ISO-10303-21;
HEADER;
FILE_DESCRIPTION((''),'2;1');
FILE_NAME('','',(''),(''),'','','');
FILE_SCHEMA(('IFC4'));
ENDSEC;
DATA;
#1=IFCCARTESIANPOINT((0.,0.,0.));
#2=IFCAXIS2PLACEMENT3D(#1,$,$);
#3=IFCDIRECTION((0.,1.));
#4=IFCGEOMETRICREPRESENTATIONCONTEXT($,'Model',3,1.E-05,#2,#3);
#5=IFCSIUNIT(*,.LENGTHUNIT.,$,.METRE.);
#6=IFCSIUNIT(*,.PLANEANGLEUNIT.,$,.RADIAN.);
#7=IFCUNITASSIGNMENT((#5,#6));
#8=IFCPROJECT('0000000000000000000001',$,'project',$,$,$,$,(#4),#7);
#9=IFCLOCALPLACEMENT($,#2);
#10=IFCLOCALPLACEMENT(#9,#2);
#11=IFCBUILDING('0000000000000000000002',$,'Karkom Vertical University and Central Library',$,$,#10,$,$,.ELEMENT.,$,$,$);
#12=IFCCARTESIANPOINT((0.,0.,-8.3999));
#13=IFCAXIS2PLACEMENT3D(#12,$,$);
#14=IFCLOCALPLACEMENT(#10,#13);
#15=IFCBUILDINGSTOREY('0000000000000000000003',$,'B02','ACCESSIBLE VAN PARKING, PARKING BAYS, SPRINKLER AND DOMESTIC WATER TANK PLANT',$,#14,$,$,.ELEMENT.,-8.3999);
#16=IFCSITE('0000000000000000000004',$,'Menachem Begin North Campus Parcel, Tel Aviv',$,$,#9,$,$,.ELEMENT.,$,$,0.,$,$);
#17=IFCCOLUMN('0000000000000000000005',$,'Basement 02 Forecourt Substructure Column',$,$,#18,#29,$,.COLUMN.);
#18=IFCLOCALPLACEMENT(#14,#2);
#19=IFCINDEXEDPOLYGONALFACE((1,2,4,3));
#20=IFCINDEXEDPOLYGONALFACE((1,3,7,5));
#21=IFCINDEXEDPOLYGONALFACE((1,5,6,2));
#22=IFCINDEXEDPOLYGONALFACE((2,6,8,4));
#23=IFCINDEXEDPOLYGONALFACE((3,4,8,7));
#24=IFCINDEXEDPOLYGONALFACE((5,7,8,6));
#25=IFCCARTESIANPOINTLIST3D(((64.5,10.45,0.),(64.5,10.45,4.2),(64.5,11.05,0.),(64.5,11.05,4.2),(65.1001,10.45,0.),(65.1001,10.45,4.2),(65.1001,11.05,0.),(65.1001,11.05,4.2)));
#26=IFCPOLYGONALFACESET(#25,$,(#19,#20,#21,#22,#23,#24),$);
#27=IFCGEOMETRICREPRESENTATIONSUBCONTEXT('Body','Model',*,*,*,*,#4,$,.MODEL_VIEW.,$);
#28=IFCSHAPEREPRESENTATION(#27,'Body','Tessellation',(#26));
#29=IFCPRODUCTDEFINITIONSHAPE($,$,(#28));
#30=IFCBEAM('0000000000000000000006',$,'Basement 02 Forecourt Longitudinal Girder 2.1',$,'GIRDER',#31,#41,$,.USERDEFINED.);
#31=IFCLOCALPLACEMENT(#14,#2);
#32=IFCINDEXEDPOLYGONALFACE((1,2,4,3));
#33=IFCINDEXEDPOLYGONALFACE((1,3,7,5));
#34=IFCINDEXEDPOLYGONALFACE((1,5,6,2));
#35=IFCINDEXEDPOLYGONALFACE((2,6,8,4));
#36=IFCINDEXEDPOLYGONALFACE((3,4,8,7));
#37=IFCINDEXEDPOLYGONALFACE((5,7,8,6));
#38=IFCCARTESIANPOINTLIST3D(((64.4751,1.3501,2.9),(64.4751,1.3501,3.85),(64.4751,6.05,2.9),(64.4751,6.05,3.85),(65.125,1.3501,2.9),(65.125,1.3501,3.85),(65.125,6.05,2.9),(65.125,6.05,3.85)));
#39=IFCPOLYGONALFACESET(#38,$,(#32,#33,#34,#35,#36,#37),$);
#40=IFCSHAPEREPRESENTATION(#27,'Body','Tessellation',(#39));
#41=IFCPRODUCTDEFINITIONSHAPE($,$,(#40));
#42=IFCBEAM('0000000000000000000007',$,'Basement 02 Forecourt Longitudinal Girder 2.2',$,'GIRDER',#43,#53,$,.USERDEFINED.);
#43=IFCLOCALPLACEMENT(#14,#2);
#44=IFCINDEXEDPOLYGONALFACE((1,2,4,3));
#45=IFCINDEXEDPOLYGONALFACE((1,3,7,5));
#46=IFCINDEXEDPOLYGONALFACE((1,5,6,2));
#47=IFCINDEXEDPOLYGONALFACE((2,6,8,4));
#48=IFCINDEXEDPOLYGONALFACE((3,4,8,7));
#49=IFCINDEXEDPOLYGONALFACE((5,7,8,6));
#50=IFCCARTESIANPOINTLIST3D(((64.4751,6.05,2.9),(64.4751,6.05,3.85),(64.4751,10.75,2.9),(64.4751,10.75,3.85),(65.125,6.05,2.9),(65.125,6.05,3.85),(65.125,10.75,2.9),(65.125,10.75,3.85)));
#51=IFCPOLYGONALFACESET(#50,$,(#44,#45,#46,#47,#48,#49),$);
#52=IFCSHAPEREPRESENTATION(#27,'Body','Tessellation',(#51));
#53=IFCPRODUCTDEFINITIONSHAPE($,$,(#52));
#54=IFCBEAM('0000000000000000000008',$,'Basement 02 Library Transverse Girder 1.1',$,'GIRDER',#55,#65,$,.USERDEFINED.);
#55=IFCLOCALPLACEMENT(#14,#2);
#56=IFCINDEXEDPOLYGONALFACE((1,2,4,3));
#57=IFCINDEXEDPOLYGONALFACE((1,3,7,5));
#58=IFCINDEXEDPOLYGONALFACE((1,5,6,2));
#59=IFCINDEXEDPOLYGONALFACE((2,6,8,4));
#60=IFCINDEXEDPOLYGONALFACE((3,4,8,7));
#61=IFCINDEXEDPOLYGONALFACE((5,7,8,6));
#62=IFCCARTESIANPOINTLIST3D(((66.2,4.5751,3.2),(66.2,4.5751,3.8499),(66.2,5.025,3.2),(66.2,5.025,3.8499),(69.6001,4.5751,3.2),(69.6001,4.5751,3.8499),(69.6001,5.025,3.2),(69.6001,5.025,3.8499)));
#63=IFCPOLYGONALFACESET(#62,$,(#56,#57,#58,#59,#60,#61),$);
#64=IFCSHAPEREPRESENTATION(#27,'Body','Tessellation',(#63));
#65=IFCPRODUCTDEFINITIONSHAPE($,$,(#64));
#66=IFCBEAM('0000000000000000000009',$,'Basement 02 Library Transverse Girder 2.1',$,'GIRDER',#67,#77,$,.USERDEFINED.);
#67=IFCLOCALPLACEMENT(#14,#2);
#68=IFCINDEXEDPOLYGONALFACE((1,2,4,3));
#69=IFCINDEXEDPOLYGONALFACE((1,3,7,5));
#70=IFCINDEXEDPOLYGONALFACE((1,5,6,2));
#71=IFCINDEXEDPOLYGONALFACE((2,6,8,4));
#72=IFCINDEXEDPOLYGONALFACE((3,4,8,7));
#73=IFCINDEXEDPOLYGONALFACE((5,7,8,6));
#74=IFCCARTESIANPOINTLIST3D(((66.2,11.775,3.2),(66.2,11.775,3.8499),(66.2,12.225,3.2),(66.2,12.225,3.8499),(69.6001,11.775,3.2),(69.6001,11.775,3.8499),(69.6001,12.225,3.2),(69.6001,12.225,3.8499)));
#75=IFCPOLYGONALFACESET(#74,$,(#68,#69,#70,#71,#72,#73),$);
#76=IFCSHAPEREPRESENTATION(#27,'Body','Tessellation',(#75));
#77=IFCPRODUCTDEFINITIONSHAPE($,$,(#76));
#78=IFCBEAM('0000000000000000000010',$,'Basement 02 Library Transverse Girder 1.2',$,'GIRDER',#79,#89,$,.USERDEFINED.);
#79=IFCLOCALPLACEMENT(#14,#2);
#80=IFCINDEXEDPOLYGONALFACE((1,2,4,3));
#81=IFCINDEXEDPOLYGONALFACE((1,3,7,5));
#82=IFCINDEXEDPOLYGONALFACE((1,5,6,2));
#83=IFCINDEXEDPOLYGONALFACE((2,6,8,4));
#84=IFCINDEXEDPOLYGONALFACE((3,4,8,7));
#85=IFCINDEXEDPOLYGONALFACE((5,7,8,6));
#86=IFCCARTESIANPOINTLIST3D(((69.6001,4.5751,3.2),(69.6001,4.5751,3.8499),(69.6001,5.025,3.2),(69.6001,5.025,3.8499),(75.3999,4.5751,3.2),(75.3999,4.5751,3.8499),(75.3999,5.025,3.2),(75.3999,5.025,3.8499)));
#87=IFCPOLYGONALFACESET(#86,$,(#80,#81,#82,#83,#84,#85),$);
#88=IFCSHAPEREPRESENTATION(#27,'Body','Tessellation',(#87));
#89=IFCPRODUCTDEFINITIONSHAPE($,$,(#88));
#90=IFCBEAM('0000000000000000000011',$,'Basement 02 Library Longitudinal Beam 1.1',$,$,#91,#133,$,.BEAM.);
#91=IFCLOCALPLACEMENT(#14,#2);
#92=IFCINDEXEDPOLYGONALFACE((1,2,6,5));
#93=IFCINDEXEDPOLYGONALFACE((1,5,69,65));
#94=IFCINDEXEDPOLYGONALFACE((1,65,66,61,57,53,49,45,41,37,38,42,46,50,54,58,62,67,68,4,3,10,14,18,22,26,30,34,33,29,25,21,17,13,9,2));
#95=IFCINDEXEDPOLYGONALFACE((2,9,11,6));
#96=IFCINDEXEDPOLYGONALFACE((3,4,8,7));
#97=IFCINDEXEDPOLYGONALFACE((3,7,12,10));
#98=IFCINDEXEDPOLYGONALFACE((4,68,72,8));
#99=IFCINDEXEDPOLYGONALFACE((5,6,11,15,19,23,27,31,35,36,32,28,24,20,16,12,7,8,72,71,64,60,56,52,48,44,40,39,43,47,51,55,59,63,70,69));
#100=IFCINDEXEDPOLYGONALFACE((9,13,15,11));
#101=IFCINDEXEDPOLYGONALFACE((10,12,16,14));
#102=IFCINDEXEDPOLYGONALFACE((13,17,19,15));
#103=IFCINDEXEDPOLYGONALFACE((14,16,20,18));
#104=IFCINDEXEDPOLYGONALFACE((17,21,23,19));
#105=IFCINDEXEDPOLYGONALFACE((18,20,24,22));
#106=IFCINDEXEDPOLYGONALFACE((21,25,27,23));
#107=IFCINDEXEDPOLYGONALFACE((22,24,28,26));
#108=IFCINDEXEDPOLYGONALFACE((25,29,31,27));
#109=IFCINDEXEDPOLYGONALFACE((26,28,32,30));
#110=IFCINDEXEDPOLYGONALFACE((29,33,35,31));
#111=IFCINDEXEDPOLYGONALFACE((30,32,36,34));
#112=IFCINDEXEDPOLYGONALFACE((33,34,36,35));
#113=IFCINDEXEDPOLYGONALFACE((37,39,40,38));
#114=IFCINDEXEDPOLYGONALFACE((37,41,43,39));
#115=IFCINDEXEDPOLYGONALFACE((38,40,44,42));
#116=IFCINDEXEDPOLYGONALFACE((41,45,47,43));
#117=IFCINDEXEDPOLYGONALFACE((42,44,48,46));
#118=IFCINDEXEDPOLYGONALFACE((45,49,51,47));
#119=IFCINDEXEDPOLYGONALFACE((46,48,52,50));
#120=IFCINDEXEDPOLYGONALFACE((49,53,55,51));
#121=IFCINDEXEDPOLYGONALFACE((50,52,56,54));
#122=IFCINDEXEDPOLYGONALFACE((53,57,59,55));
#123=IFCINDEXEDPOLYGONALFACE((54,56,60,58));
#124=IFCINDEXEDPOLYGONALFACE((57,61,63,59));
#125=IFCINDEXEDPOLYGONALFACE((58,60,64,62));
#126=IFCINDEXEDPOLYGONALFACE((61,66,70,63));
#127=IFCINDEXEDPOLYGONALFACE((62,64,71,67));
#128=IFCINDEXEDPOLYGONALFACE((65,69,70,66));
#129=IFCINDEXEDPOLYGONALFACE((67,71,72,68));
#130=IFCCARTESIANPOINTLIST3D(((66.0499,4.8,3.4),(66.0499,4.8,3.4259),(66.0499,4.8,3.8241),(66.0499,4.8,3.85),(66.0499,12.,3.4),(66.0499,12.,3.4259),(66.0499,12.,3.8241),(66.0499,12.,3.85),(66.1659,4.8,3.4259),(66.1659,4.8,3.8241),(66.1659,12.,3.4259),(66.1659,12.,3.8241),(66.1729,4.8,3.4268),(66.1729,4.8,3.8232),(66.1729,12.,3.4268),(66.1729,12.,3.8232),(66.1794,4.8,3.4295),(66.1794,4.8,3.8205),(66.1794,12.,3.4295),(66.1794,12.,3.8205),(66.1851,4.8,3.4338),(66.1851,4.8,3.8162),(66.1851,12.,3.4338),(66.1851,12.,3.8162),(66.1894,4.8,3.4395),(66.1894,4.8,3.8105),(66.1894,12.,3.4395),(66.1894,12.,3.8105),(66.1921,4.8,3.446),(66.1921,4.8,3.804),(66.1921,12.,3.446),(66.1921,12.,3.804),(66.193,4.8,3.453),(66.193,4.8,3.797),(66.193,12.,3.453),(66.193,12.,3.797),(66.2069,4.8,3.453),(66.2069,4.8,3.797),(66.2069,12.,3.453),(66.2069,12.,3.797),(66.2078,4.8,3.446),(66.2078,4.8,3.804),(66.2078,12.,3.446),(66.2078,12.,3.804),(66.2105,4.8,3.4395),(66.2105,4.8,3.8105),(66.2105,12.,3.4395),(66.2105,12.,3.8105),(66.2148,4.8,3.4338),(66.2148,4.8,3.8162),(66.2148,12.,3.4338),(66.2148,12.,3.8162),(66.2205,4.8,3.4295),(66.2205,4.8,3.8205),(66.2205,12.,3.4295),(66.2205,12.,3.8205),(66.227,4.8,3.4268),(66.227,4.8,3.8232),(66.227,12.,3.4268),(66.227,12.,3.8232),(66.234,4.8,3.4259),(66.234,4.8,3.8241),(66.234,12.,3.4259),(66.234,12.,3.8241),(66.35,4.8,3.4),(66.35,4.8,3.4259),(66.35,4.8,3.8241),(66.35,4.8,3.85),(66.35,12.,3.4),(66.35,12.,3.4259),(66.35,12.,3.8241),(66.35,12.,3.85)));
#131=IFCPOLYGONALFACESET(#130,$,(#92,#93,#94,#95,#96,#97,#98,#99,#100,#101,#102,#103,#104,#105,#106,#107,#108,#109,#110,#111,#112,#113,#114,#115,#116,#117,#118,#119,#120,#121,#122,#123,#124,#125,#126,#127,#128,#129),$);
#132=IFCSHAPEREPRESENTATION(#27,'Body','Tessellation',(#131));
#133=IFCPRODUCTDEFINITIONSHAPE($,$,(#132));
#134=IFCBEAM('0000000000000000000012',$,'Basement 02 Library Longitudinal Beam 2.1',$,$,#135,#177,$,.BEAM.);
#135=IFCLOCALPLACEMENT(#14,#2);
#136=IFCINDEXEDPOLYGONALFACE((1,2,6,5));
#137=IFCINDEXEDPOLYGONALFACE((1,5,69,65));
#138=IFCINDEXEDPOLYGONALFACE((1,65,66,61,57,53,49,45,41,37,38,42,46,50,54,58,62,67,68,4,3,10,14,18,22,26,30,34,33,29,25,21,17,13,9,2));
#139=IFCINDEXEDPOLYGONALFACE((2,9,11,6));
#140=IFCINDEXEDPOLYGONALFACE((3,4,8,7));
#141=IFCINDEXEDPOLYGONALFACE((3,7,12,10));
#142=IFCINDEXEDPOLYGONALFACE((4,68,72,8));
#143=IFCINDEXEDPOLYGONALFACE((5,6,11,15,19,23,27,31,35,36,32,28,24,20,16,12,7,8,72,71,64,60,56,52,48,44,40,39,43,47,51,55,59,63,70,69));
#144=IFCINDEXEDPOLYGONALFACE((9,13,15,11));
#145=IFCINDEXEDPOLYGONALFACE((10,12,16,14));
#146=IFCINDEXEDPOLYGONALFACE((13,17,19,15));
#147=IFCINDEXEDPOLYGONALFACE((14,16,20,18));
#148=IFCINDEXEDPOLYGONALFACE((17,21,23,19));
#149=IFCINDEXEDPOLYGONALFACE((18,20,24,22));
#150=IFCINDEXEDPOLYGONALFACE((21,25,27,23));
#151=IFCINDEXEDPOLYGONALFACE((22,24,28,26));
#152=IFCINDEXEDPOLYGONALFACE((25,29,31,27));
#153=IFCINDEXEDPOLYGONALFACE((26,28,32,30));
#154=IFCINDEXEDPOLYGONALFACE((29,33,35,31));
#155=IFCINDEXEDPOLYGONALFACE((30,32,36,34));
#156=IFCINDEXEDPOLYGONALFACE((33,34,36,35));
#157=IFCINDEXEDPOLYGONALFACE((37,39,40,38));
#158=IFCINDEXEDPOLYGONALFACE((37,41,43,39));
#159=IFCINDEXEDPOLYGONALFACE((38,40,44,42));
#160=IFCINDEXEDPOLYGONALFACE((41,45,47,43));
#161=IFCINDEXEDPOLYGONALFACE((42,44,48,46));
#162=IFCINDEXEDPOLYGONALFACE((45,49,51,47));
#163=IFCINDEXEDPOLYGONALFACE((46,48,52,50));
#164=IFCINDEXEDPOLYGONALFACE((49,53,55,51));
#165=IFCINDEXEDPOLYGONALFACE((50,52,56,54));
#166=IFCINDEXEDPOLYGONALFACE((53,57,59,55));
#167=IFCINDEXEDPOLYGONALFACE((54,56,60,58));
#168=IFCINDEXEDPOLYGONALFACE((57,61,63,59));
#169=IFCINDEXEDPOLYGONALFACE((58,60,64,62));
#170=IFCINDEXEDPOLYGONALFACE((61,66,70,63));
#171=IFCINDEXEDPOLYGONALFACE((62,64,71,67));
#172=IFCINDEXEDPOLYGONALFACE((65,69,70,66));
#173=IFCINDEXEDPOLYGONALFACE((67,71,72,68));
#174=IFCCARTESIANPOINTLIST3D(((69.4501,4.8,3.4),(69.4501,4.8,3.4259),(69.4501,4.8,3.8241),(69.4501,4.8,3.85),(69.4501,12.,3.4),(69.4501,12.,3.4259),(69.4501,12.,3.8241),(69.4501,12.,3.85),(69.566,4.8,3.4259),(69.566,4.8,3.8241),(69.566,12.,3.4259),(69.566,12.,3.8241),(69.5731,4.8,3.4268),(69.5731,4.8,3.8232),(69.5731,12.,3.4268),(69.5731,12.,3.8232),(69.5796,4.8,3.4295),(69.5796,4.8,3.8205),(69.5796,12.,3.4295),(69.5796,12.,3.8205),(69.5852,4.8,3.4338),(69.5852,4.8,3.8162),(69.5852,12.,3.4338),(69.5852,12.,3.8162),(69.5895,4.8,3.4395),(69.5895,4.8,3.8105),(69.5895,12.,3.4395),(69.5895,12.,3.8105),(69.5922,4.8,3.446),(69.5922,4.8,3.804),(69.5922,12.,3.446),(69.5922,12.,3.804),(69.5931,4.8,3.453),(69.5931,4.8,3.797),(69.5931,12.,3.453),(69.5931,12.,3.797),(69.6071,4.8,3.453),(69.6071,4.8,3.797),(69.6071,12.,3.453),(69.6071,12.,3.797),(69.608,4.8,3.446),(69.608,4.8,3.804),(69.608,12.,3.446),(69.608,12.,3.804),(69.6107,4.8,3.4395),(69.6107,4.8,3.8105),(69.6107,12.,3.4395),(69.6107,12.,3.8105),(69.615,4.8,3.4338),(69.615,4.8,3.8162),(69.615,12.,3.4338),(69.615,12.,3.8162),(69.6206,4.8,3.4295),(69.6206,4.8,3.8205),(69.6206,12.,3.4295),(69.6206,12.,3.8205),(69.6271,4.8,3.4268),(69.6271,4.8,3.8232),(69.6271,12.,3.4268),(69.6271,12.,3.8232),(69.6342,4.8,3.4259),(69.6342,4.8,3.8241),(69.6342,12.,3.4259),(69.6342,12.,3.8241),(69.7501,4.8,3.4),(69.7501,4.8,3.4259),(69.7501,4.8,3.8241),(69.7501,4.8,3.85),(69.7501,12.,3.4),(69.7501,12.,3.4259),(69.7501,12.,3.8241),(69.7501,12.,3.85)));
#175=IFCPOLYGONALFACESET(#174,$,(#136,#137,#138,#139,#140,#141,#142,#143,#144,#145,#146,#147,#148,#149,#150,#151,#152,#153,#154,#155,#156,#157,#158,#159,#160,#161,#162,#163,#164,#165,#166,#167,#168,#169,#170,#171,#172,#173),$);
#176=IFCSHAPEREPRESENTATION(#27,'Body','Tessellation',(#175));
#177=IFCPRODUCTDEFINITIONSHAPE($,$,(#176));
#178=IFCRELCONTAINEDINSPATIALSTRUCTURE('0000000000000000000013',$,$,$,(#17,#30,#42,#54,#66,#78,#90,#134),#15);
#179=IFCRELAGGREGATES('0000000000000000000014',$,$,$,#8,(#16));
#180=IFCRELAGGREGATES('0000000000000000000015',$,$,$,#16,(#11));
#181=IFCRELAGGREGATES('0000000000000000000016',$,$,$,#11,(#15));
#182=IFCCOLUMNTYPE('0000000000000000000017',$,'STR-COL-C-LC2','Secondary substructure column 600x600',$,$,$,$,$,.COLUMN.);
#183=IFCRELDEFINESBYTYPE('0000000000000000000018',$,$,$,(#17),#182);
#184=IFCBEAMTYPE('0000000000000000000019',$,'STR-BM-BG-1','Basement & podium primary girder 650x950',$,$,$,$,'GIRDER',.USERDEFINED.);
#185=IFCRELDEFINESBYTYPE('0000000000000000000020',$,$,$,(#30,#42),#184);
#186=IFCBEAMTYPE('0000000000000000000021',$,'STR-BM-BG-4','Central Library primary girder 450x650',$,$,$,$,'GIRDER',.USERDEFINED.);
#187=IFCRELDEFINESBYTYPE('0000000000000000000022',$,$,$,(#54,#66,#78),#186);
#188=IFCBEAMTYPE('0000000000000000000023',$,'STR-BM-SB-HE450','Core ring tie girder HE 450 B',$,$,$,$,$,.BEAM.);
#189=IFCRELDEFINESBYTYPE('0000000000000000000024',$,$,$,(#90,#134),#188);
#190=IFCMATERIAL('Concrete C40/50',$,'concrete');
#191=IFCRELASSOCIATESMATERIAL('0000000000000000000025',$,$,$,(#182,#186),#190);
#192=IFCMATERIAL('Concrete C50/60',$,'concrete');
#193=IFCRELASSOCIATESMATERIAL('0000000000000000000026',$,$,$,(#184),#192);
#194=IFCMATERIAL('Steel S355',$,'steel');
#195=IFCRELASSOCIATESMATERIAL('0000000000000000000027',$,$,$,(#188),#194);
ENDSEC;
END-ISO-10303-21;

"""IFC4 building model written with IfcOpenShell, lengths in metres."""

from ifc_helpers import new_model, si_unit, direction, frame, origin, origin_with_axes, origin_2d, place, context, subcontext, project, spatial, rectangle, i_section, extrude, source, transform, mapped, material, material_profile, profile_set, type_object, element, save


model = new_model("IFC4")

# Units and contexts
model_context = context("Model", 3, precision=1e-05, world=origin(), true_north=direction((0.0, 1.0)))
body_context = subcontext(model_context, "Body", "Model", "MODEL_VIEW")
ifc_project = project(units=[si_unit("LENGTHUNIT", "METRE"), si_unit("PLANEANGLEUNIT", "RADIAN")], contexts=[model_context])

# Site, building, storey
site_placement = place(None, origin())
site = spatial("IfcSite", under=ifc_project, at=site_placement, Name="Menachem Begin North Campus Parcel, Tel Aviv", CompositionType="ELEMENT", RefElevation=0.0)
building_placement = place(site_placement, origin())
building = spatial("IfcBuilding", under=site, at=building_placement, Name="Karkom Vertical University and Central Library", CompositionType="ELEMENT")
storey_placement = place(building_placement, frame((0.0, 0.0, -8.3999)))
storey = spatial("IfcBuildingStorey", under=building, at=storey_placement, Name="B02", Description="ACCESSIBLE VAN PARKING, PARKING BAYS, SPRINKLER AND DOMESTIC WATER TANK PLANT", CompositionType="ELEMENT", Elevation=-8.3999)

# Shared definitions
ifc_material_1 = material(Name="Concrete C40/50", Category="concrete")

# Column
ifc_material_profile_1 = material_profile(ifc_material_1, rectangle(XDim=0.6001, YDim=0.6001, at=origin_2d()), Name="RC-600x600")
ifc_profile_set_1 = profile_set([ifc_material_profile_1], Name="Concrete C40/50")
column_type_1 = type_object("IfcColumnType", Name="STR-COL-C-LC2", Description="Secondary substructure column 600x600", PredefinedType="COLUMN", material=ifc_profile_set_1)
shared_shape_1 = source(origin_with_axes(), body_context, "Body", "SweptSolid", [
    extrude(rectangle(XDim=0.6001, YDim=0.6001, at=origin_2d()), origin(), (0.0, 0.0, 1.0), 4.2),
])
for number, where, z_axis, x_axis, name in (
    (1, (64.8, 10.75, 0.0), (0.0, 0.0, 1.0), (1.0, 0.0, 0.0), "Basement 02 Forecourt Substructure Column"),
):
    element("IfcColumn", number, at=place(storey_placement, frame(where, z_axis=z_axis, x_axis=x_axis)), inside=storey, type_object=column_type_1, Name=name, PredefinedType="COLUMN", context=body_context, shape_type="MappedRepresentation", body=[
        mapped(shared_shape_1, transform((0.0, 0.0, 0.0), scale=1.0)),
    ])

# Beams
ifc_material_2 = material(Name="Concrete C50/60", Category="concrete")
ifc_material_profile_2 = material_profile(ifc_material_2, rectangle(XDim=0.6499, YDim=0.95, at=origin_2d()), Name="RCG-650x950")
ifc_profile_set_2 = profile_set([ifc_material_profile_2], Name="Concrete C50/60")
beam_type_1 = type_object("IfcBeamType", Name="STR-BM-BG-1", Description="Basement & podium primary girder 650x950", ElementType="GIRDER", PredefinedType="USERDEFINED", material=ifc_profile_set_2)
shared_shape_2 = source(origin_with_axes(), body_context, "Body", "SweptSolid", [
    extrude(rectangle(XDim=0.6499, YDim=0.95, at=origin_2d()), origin(), (0.0, 0.0, 1.0), 4.7),
])
for number, where, z_axis, x_axis, name in (
    (2, (64.8, 1.3501, 3.375), (0.0, 1.0, 0.0), (-1.0, 0.0, 0.0), "Basement 02 Forecourt Longitudinal Girder 2.1"),
    (3, (64.8, 6.05, 3.375), (0.0, 1.0, 0.0), (-1.0, 0.0, 0.0), "Basement 02 Forecourt Longitudinal Girder 2.2"),
):
    element("IfcBeam", number, at=place(storey_placement, frame(where, z_axis=z_axis, x_axis=x_axis)), inside=storey, type_object=beam_type_1, Name=name, ObjectType="GIRDER", PredefinedType="USERDEFINED", context=body_context, shape_type="MappedRepresentation", body=[
        mapped(shared_shape_2, transform((0.0, 0.0, 0.0), scale=1.0)),
    ])
ifc_material_profile_3 = material_profile(ifc_material_1, rectangle(XDim=0.45, YDim=0.6499, at=origin_2d()), Name="RCB-450x650")
ifc_profile_set_3 = profile_set([ifc_material_profile_3], Name="Concrete C40/50")
beam_type_2 = type_object("IfcBeamType", Name="STR-BM-BG-4", Description="Central Library primary girder 450x650", ElementType="GIRDER", PredefinedType="USERDEFINED", material=ifc_profile_set_3)
shared_shape_3 = source(origin_with_axes(), body_context, "Body", "SweptSolid", [
    extrude(rectangle(XDim=0.45, YDim=0.6499, at=origin_2d()), origin(), (0.0, 0.0, 1.0), 3.4001),
])
for number, where, z_axis, x_axis, name in (
    (4, (66.2, 4.8, 3.5249), (1.0, 0.0, 0.0), (0.0, 1.0, 0.0), "Basement 02 Library Transverse Girder 1.1"),
    (5, (66.2, 12.0, 3.5249), (1.0, 0.0, 0.0), (0.0, 1.0, 0.0), "Basement 02 Library Transverse Girder 2.1"),
):
    element("IfcBeam", number, at=place(storey_placement, frame(where, z_axis=z_axis, x_axis=x_axis)), inside=storey, type_object=beam_type_2, Name=name, ObjectType="GIRDER", PredefinedType="USERDEFINED", context=body_context, shape_type="MappedRepresentation", body=[
        mapped(shared_shape_3, transform((0.0, 0.0, 0.0), scale=1.0)),
    ])
shared_shape_4 = source(origin_with_axes(), body_context, "Body", "SweptSolid", [
    extrude(rectangle(XDim=0.45, YDim=0.6499, at=origin_2d()), origin(), (0.0, 0.0, 1.0), 5.7998),
])
beam_placement = place(storey_placement, frame((69.6001, 4.8, 3.5249), z_axis=(1.0, 0.0, 0.0), x_axis=(0.0, 1.0, 0.0)))
element("IfcBeam", 6, at=beam_placement, inside=storey, type_object=beam_type_2, Name="Basement 02 Library Transverse Girder 1.2", ObjectType="GIRDER", PredefinedType="USERDEFINED", context=body_context, shape_type="MappedRepresentation", body=[
    mapped(shared_shape_4, transform((0.0, 0.0, 0.0), scale=1.0)),
])
ifc_material_3 = material(Name="Steel S355", Category="steel")
ifc_material_profile_4 = material_profile(ifc_material_3, i_section(OverallWidth=0.3, OverallDepth=0.45, WebThickness=0.0139, FlangeThickness=0.0259, FilletRadius=0.0271, at=origin_2d()), Name="HE 450 B")
ifc_profile_set_4 = profile_set([ifc_material_profile_4], Name="Steel S355")
beam_type_3 = type_object("IfcBeamType", Name="STR-BM-SB-HE450", Description="Core ring tie girder HE 450 B", PredefinedType="BEAM", material=ifc_profile_set_4)
shared_shape_5 = source(origin_with_axes(), body_context, "Body", "SweptSolid", [
    extrude(i_section(OverallWidth=0.3, OverallDepth=0.45, WebThickness=0.0139, FlangeThickness=0.0259, FilletRadius=0.0271, at=origin_2d()), origin(), (0.0, 0.0, 1.0), 7.2),
])
for number, where, z_axis, x_axis, name in (
    (7, (66.2, 4.8, 3.625), (0.0, 1.0, 0.0), (-1.0, 0.0, 0.0), "Basement 02 Library Longitudinal Beam 1.1"),
    (8, (69.6001, 4.8, 3.625), (0.0, 1.0, 0.0), (-1.0, 0.0, 0.0), "Basement 02 Library Longitudinal Beam 2.1"),
):
    element("IfcBeam", number, at=place(storey_placement, frame(where, z_axis=z_axis, x_axis=x_axis)), inside=storey, type_object=beam_type_3, Name=name, PredefinedType="BEAM", context=body_context, shape_type="MappedRepresentation", body=[
        mapped(shared_shape_5, transform((0.0, 0.0, 0.0), scale=1.0)),
    ])

save(model, "model.ifc")
